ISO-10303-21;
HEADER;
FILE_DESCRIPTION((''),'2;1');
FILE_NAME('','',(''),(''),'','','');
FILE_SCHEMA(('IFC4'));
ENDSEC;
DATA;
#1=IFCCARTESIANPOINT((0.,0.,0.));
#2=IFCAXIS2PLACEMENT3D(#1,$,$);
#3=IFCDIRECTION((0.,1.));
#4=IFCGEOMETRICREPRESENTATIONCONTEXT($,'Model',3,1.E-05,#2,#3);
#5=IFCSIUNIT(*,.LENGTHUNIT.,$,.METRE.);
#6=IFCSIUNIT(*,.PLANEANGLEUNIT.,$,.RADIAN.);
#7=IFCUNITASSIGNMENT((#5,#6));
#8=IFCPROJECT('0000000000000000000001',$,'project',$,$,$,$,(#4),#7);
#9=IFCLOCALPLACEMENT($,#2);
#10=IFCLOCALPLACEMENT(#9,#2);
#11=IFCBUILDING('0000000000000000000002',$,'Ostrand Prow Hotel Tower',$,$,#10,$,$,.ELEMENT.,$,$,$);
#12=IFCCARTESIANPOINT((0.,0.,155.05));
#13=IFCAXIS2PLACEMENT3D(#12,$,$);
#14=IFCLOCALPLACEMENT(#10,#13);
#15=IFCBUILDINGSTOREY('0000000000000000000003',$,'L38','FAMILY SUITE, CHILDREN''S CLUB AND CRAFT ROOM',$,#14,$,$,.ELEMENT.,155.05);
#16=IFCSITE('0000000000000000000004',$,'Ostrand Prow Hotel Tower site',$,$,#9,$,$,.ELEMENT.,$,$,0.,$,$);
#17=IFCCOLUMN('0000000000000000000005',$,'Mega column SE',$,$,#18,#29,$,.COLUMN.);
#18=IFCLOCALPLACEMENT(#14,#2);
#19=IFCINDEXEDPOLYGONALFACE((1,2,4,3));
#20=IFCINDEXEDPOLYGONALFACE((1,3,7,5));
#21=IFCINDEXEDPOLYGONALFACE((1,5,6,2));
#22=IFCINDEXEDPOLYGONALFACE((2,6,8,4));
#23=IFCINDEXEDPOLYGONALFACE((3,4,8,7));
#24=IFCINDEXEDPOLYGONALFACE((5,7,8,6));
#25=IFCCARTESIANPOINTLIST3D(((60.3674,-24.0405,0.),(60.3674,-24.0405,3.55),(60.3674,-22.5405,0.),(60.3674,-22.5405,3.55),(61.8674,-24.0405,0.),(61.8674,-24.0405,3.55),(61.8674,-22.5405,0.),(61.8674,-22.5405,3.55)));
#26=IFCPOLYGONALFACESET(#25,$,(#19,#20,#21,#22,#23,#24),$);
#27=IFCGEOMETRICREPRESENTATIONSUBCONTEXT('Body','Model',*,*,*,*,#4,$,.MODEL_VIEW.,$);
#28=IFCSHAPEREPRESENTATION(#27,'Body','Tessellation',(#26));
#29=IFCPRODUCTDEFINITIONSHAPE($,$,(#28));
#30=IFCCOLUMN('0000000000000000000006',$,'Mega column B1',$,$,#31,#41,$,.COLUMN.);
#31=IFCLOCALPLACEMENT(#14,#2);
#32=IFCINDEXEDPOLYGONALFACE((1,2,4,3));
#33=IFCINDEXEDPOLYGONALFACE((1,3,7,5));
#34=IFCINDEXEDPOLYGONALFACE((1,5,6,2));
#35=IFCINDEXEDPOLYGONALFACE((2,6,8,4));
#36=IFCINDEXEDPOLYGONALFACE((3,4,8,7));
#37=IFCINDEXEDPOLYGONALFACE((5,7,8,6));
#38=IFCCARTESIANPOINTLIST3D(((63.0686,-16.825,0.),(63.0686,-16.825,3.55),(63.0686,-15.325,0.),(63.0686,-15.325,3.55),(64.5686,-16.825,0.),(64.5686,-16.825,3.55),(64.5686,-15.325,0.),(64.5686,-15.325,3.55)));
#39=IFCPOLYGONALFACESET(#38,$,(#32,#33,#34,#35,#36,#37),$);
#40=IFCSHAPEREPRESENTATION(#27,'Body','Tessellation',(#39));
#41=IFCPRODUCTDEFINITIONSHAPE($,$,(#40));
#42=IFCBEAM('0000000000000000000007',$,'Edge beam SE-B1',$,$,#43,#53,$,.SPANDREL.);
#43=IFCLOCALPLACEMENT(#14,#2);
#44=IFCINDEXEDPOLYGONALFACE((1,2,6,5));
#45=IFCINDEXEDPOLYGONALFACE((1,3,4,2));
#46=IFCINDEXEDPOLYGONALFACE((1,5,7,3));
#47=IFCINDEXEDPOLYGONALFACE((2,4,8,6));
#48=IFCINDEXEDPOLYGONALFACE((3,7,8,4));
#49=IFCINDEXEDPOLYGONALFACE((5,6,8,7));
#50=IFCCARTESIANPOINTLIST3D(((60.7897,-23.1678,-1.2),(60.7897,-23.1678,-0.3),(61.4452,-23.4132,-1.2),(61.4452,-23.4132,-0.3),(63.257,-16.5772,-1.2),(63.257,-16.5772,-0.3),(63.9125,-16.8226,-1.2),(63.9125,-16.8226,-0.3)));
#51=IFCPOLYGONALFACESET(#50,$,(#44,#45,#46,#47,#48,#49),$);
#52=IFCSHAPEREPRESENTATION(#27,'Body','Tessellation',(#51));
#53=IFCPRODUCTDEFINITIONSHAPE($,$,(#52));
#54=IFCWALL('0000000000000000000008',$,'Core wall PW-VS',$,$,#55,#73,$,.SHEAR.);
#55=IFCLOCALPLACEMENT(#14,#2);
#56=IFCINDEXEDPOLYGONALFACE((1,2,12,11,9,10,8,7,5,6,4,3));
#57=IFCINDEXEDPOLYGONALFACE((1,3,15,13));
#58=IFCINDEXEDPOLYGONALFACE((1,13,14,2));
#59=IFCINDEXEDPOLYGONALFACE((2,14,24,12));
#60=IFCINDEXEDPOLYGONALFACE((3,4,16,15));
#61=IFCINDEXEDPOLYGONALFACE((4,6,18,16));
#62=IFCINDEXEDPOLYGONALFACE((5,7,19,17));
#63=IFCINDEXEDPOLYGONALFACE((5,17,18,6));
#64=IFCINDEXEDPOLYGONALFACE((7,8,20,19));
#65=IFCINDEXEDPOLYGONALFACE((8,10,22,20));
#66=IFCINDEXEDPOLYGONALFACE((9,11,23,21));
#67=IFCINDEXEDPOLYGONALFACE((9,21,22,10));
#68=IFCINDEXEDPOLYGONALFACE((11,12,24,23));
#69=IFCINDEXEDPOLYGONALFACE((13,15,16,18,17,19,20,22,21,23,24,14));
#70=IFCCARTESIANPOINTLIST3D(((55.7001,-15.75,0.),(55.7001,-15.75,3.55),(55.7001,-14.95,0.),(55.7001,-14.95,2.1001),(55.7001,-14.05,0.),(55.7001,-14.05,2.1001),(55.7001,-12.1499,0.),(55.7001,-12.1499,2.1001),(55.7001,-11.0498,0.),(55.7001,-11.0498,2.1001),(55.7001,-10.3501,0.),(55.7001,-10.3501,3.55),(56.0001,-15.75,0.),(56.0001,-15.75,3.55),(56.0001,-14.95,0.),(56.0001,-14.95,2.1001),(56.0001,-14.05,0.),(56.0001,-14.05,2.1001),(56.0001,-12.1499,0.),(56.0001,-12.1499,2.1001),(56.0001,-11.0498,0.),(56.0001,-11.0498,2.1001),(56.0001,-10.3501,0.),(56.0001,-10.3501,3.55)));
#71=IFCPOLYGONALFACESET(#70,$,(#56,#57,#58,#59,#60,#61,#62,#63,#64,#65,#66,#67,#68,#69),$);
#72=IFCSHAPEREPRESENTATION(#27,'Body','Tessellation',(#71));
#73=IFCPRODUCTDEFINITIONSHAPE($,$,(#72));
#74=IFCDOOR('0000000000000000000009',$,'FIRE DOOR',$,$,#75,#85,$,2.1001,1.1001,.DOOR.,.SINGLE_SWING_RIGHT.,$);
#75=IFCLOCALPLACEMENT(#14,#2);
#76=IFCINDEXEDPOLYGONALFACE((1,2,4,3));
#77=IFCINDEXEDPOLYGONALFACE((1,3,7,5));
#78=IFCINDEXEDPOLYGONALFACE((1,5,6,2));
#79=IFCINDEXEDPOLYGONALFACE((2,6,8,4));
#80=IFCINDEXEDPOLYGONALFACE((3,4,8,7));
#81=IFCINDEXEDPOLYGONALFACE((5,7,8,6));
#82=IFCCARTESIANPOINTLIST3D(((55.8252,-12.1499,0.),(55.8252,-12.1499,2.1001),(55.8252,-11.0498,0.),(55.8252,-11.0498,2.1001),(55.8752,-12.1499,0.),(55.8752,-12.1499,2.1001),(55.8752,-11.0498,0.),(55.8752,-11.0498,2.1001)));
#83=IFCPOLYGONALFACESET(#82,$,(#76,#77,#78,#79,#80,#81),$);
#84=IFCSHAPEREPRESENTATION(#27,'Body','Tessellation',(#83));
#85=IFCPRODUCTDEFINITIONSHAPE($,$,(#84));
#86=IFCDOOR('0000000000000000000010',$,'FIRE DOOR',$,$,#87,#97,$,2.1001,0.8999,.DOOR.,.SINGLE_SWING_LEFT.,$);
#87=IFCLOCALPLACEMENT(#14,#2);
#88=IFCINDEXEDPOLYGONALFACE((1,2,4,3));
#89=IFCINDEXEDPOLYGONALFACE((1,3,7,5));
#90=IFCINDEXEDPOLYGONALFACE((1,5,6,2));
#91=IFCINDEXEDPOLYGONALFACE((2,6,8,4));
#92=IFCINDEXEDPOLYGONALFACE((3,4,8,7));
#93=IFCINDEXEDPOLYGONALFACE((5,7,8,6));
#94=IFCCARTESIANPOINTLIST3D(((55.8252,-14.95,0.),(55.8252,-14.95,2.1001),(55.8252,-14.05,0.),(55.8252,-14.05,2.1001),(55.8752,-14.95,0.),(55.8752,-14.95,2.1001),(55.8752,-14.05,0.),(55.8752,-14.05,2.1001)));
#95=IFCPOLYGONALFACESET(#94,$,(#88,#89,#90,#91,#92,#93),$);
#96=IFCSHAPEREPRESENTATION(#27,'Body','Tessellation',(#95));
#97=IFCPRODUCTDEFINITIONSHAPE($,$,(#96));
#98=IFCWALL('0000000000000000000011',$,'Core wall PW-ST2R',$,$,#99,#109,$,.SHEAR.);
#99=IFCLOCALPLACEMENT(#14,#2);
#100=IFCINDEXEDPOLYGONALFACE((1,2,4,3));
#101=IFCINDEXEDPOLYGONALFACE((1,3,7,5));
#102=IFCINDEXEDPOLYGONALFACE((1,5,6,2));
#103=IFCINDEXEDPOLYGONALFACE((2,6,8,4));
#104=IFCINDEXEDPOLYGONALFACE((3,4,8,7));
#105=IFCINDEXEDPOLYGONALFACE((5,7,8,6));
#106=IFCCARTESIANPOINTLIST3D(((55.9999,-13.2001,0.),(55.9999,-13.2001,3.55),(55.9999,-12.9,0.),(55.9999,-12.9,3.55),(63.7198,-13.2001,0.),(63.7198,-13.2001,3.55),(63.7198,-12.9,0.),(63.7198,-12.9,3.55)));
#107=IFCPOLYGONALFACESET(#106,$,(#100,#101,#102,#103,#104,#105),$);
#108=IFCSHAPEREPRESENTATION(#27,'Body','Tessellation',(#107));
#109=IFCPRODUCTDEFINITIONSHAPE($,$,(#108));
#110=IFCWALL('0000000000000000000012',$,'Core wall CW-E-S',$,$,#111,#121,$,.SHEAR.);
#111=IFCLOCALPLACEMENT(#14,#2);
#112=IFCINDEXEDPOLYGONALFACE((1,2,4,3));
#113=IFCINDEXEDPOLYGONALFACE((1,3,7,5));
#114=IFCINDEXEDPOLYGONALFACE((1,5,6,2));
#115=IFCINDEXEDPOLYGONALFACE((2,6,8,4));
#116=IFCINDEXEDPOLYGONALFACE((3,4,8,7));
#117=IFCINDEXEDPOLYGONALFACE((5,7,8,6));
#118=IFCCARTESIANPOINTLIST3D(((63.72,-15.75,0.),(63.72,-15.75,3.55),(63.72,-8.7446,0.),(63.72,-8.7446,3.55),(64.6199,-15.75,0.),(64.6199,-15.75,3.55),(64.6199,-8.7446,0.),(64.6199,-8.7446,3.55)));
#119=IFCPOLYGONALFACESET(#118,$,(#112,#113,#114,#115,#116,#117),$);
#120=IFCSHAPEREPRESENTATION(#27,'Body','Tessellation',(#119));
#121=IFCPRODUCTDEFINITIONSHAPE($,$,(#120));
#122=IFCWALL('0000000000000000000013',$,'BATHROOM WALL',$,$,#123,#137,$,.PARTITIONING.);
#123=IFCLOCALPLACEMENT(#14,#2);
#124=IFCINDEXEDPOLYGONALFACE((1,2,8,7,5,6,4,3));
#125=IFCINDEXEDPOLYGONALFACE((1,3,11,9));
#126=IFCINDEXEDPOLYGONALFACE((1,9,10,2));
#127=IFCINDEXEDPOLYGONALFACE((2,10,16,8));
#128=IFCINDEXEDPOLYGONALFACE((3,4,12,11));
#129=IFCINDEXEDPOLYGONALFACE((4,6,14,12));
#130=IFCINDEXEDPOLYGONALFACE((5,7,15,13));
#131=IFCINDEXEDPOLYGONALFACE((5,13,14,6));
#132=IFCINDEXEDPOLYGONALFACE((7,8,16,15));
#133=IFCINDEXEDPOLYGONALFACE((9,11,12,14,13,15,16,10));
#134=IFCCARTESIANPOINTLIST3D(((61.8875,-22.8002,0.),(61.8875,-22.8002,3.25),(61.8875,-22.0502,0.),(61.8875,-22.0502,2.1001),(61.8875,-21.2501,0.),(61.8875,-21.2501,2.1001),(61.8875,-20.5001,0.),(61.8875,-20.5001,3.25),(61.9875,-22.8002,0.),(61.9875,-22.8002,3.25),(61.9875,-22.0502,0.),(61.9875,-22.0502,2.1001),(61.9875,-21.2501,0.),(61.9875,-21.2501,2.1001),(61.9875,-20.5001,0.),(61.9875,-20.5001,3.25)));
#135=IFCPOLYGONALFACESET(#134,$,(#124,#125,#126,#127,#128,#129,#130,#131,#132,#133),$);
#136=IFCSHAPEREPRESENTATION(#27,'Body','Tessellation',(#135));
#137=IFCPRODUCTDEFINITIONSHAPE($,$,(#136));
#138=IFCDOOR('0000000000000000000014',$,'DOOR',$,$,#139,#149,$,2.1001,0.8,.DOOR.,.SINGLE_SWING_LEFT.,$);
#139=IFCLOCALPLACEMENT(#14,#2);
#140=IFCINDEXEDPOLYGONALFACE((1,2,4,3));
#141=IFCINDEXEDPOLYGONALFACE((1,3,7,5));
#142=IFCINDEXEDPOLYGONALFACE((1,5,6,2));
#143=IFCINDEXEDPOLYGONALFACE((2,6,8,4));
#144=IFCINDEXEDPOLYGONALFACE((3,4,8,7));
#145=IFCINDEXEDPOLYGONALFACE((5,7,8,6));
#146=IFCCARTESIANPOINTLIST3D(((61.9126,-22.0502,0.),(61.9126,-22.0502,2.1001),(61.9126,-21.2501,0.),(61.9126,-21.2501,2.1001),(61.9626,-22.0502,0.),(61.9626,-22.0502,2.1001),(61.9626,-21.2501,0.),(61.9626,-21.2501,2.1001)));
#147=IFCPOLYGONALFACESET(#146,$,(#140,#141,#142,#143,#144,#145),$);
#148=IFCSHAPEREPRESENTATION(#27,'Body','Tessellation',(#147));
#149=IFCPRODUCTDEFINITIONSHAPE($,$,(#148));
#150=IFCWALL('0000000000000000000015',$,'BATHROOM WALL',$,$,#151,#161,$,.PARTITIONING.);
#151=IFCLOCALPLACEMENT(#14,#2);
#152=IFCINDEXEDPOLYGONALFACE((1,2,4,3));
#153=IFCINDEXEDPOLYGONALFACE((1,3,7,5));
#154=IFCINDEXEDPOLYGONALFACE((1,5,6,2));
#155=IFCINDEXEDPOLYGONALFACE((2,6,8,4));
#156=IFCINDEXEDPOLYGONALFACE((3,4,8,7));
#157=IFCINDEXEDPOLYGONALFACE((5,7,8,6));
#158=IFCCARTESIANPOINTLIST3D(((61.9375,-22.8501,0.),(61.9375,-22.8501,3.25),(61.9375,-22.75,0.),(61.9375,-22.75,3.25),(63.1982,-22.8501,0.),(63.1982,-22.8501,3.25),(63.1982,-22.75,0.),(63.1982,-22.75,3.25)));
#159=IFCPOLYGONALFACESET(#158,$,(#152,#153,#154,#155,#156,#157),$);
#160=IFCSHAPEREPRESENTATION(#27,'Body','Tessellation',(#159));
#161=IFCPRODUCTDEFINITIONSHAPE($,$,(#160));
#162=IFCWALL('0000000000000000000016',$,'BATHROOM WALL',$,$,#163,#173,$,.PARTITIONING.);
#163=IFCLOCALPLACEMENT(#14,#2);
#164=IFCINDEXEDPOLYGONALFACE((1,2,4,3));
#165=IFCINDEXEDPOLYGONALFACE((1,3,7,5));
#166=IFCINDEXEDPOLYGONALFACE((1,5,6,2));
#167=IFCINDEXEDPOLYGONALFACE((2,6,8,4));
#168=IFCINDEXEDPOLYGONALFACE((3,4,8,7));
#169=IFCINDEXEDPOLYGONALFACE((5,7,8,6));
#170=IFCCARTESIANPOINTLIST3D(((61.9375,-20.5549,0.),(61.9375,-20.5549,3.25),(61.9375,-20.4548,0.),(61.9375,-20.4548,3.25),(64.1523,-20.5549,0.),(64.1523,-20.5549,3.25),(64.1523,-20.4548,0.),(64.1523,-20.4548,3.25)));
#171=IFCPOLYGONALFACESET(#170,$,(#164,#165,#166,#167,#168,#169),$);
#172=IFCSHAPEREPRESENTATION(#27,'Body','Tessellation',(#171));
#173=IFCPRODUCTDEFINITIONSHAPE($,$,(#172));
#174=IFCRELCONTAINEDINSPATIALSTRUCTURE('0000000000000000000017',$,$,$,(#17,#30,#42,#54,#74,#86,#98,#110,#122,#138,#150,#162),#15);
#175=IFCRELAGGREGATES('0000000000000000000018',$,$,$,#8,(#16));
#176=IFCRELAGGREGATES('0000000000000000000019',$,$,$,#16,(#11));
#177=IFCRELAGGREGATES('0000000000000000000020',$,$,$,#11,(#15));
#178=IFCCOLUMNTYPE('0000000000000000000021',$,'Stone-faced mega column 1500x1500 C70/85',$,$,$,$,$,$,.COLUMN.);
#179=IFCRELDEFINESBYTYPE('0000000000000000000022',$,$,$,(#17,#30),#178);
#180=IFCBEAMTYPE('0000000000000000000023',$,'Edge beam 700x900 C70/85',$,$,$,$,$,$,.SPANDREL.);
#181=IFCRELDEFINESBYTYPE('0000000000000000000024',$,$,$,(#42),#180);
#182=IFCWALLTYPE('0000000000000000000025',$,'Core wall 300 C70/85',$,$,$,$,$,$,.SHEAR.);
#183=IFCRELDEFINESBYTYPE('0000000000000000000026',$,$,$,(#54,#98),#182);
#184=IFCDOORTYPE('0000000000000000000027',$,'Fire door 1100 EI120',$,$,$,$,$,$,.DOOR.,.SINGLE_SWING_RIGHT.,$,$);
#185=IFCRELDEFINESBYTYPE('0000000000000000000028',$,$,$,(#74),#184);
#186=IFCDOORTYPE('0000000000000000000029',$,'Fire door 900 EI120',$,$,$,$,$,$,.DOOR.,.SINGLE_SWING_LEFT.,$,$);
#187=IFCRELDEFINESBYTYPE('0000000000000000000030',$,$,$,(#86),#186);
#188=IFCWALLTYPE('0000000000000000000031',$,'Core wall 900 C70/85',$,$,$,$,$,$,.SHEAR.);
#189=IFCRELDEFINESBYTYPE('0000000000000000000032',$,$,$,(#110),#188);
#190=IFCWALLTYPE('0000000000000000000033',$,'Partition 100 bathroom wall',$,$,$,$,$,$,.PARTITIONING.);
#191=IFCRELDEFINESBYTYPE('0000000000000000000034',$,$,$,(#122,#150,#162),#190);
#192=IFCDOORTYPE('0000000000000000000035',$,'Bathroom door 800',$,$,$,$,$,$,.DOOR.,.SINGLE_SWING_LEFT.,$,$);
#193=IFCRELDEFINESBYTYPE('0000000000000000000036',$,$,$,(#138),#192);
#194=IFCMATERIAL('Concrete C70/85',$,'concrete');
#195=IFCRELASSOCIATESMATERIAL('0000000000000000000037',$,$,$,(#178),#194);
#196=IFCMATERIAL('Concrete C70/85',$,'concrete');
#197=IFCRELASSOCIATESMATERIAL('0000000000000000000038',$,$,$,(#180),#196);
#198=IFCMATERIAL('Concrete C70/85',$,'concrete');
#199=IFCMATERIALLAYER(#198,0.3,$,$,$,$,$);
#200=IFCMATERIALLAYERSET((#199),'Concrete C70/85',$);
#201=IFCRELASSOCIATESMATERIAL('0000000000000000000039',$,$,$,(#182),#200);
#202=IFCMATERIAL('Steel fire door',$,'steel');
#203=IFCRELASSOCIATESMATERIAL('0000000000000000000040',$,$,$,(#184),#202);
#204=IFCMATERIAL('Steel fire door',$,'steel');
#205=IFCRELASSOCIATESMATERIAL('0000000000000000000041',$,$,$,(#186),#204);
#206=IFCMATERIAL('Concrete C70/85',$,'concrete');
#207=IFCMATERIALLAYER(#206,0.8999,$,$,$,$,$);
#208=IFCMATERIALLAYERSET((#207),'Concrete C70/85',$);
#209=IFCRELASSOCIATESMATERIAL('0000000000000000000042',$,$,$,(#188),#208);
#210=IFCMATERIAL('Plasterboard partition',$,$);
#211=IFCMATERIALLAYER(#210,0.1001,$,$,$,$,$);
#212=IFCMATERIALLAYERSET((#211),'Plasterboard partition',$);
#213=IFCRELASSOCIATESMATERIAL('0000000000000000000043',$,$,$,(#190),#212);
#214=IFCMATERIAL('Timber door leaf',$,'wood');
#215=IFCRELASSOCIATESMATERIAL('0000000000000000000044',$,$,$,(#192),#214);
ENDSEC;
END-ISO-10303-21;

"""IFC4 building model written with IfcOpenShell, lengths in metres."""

from ifc_helpers import new_model, si_unit, direction, frame, frame_2d, origin, origin_2d, place, context, subcontext, project, spatial, rectangle, extrude, material, layer, layer_set, material_profile, profile_set, type_object, element, fill, save


model = new_model("IFC4")

# Units and contexts
model_context = context("Model", 3, precision=1e-05, world=origin(), true_north=direction((0.0, 1.0)))
body_context = subcontext(model_context, "Body", "Model", "MODEL_VIEW")
ifc_project = project(units=[si_unit("LENGTHUNIT", "METRE"), si_unit("PLANEANGLEUNIT", "RADIAN")], contexts=[model_context])

# Site, building, storey
site_placement = place(None, origin())
site = spatial("IfcSite", under=ifc_project, at=site_placement, Name="Ostrand Prow Hotel Tower site", CompositionType="ELEMENT", RefElevation=0.0)
building_placement = place(site_placement, origin())
building = spatial("IfcBuilding", under=site, at=building_placement, Name="Ostrand Prow Hotel Tower", CompositionType="ELEMENT")
storey_placement = place(building_placement, frame((0.0, 0.0, 155.05)))
storey = spatial("IfcBuildingStorey", under=building, at=storey_placement, Name="L38", Description="FAMILY SUITE, CHILDREN'S CLUB AND CRAFT ROOM", CompositionType="ELEMENT", Elevation=155.05)

# Columns
ifc_material_1 = material(Name="Concrete C70/85", Category="concrete")
ifc_material_profile_1 = material_profile(ifc_material_1, rectangle(XDim=1.5, YDim=1.5, at=origin_2d()), Name="RC 1500x1500")
ifc_profile_set_1 = profile_set([ifc_material_profile_1], Name="Concrete C70/85")
column_type = type_object("IfcColumnType", Name="Stone-faced mega column 1500x1500 C70/85", PredefinedType="COLUMN", material=ifc_profile_set_1)
for number, where, z_axis, x_axis, name in (
    (1, (61.1174, -23.2905, 0.0), (0.0, 0.0, 1.0), (1.0, 0.0, 0.0), "Mega column SE"),
    (2, (63.8186, -16.075, 0.0), (0.0, 0.0, 1.0), (1.0, 0.0, 0.0), "Mega column B1"),
):
    element("IfcColumn", number, at=place(storey_placement, frame(where, z_axis=z_axis, x_axis=x_axis)), inside=storey, type_object=column_type, Name=name, PredefinedType="COLUMN", context=body_context, shape_type="SweptSolid", body=[
        extrude(rectangle(XDim=1.5, YDim=1.5, at=origin_2d()), origin(), (0.0, 0.0, 1.0), 3.55),
    ])

# Beam
ifc_material_2 = material(Name="Concrete C70/85", Category="concrete")
ifc_material_profile_2 = material_profile(ifc_material_2, rectangle(XDim=0.7, YDim=0.8999, at=origin_2d()), Name="RC 700x900")
ifc_profile_set_2 = profile_set([ifc_material_profile_2], Name="Concrete C70/85")
beam_type = type_object("IfcBeamType", Name="Edge beam 700x900 C70/85", PredefinedType="SPANDREL", material=ifc_profile_set_2)
beam_placement = place(storey_placement, frame((61.1174, -23.2905, -0.75), z_axis=(0.350603, 0.936524, 0.0), x_axis=(-0.936524, 0.350603, 0.0)))
element("IfcBeam", 3, at=beam_placement, inside=storey, type_object=beam_type, Name="Edge beam SE-B1", PredefinedType="SPANDREL", context=body_context, shape_type="SweptSolid", body=[
    extrude(rectangle(XDim=0.7, YDim=0.8999, at=origin_2d()), origin(), (0.0, 0.0, 1.0), 7.0374),
])

# Wall, openings, doors
ifc_material_3 = material(Name="Concrete C70/85", Category="concrete")
ifc_layer_1 = layer(ifc_material_3, 0.3)
ifc_layer_set_1 = layer_set([ifc_layer_1], Name="Concrete C70/85")
wall_type_1 = type_object("IfcWallType", Name="Core wall 300 C70/85", PredefinedType="SHEAR", material=ifc_layer_set_1)
wall_1_placement = place(storey_placement, frame((55.8501, -15.75, 0.0), z_axis=(0.0, 0.0, 1.0), x_axis=(0.0, 1.0, 0.0)))
wall_1 = element("IfcWall", 4, at=wall_1_placement, inside=storey, type_object=wall_type_1, Name="Core wall PW-VS", PredefinedType="SHEAR", context=body_context, shape_type="SweptSolid", body=[
    extrude(rectangle(XDim=5.3999, YDim=0.3, at=frame_2d((2.7, 0.0))), origin(), (0.0, 0.0, 1.0), 3.55),
])
opening_1_placement = place(wall_1_placement, frame((3.6001, 0.0, 0.0)))
opening_1 = element("IfcOpeningElement", 5, at=opening_1_placement, cuts=wall_1, PredefinedType="OPENING", context=body_context, shape_type="SweptSolid", body=[
    extrude(rectangle(XDim=1.1001, YDim=2.1001, at=frame_2d((0.55, 1.05))), frame((0.0, 0.1599, 0.0), z_axis=(0.0, -1.0, 0.0), x_axis=(1.0, 0.0, 0.0)), (0.0, 0.0, 1.0), 0.3201),
])
opening_2_placement = place(wall_1_placement, frame((0.8, 0.0, 0.0)))
opening_2 = element("IfcOpeningElement", 6, at=opening_2_placement, cuts=wall_1, PredefinedType="OPENING", context=body_context, shape_type="SweptSolid", body=[
    extrude(rectangle(XDim=0.8999, YDim=2.1001, at=frame_2d((0.45, 1.05))), frame((0.0, 0.1599, 0.0), z_axis=(0.0, -1.0, 0.0), x_axis=(1.0, 0.0, 0.0)), (0.0, 0.0, 1.0), 0.3201),
])
ifc_material_4 = material(Name="Steel fire door", Category="steel")
door_type_1 = type_object("IfcDoorType", Name="Fire door 1100 EI120", OperationType="SINGLE_SWING_RIGHT", PredefinedType="DOOR", material=ifc_material_4)
door_1_placement = place(opening_1_placement, origin())
door_1 = element("IfcDoor", 7, at=door_1_placement, inside=storey, type_object=door_type_1, Name="FIRE DOOR", OperationType="SINGLE_SWING_RIGHT", OverallHeight=2.1001, OverallWidth=1.1001, PredefinedType="DOOR", context=body_context, shape_type="SweptSolid", body=[
    extrude(rectangle(XDim=1.1001, YDim=2.1001, at=frame_2d((0.55, 1.05))), frame((0.0, 0.0249, 0.0), z_axis=(0.0, -1.0, 0.0), x_axis=(1.0, 0.0, 0.0)), (0.0, 0.0, 1.0), 0.05),
])
fill(opening_1, door_1)
ifc_material_5 = material(Name="Steel fire door", Category="steel")
door_type_2 = type_object("IfcDoorType", Name="Fire door 900 EI120", OperationType="SINGLE_SWING_LEFT", PredefinedType="DOOR", material=ifc_material_5)
door_2_placement = place(opening_2_placement, origin())
door_2 = element("IfcDoor", 8, at=door_2_placement, inside=storey, type_object=door_type_2, Name="FIRE DOOR", OperationType="SINGLE_SWING_LEFT", OverallHeight=2.1001, OverallWidth=0.8999, PredefinedType="DOOR", context=body_context, shape_type="SweptSolid", body=[
    extrude(rectangle(XDim=0.8999, YDim=2.1001, at=frame_2d((0.45, 1.05))), frame((0.0, 0.0249, 0.0), z_axis=(0.0, -1.0, 0.0), x_axis=(1.0, 0.0, 0.0)), (0.0, 0.0, 1.0), 0.05),
])
fill(opening_2, door_2)

# Walls
wall_2_placement = place(storey_placement, frame((56.0, -13.05, 0.0), z_axis=(0.0, 0.0, 1.0), x_axis=(1.0, 0.0, 0.0)))
element("IfcWall", 9, at=wall_2_placement, inside=storey, type_object=wall_type_1, Name="Core wall PW-ST2R", PredefinedType="SHEAR", context=body_context, shape_type="SweptSolid", body=[
    extrude(rectangle(XDim=7.72, YDim=0.3, at=frame_2d((3.8599, 0.0))), origin(), (0.0, 0.0, 1.0), 3.55),
])
ifc_material_6 = material(Name="Concrete C70/85", Category="concrete")
ifc_layer_2 = layer(ifc_material_6, 0.8999)
ifc_layer_set_2 = layer_set([ifc_layer_2], Name="Concrete C70/85")
wall_type_2 = type_object("IfcWallType", Name="Core wall 900 C70/85", PredefinedType="SHEAR", material=ifc_layer_set_2)
wall_3_placement = place(storey_placement, frame((64.1699, -15.75, 0.0), z_axis=(0.0, 0.0, 1.0), x_axis=(0.0, 1.0, 0.0)))
element("IfcWall", 10, at=wall_3_placement, inside=storey, type_object=wall_type_2, Name="Core wall CW-E-S", PredefinedType="SHEAR", context=body_context, shape_type="SweptSolid", body=[
    extrude(rectangle(XDim=7.0054, YDim=0.8999, at=frame_2d((3.5027, 0.0))), origin(), (0.0, 0.0, 1.0), 3.55),
])

# Wall, opening, door
ifc_material_7 = material(Name="Plasterboard partition")
ifc_layer_3 = layer(ifc_material_7, 0.1001)
ifc_layer_set_3 = layer_set([ifc_layer_3], Name="Plasterboard partition")
wall_type_3 = type_object("IfcWallType", Name="Partition 100 bathroom wall", PredefinedType="PARTITIONING", material=ifc_layer_set_3)
wall_4_placement = place(storey_placement, frame((61.9375, -22.8, 0.0), z_axis=(0.0, 0.0, 1.0), x_axis=(0.0, 1.0, 0.0)))
wall_4 = element("IfcWall", 11, at=wall_4_placement, inside=storey, type_object=wall_type_3, Name="BATHROOM WALL", PredefinedType="PARTITIONING", context=body_context, shape_type="SweptSolid", body=[
    extrude(rectangle(XDim=2.3, YDim=0.1001, at=frame_2d((1.1499, 0.0))), origin(), (0.0, 0.0, 1.0), 3.25),
])
opening_3_placement = place(wall_4_placement, frame((0.75, 0.0, 0.0)))
opening_3 = element("IfcOpeningElement", 12, at=opening_3_placement, cuts=wall_4, PredefinedType="OPENING", context=body_context, shape_type="SweptSolid", body=[
    extrude(rectangle(XDim=0.8, YDim=2.1001, at=frame_2d((0.3999, 1.05))), frame((0.0, 0.0601, 0.0), z_axis=(0.0, -1.0, 0.0), x_axis=(1.0, 0.0, 0.0)), (0.0, 0.0, 1.0), 0.1201),
])
ifc_material_8 = material(Name="Timber door leaf", Category="wood")
door_type_3 = type_object("IfcDoorType", Name="Bathroom door 800", OperationType="SINGLE_SWING_LEFT", PredefinedType="DOOR", material=ifc_material_8)
door_3_placement = place(opening_3_placement, origin())
door_3 = element("IfcDoor", 13, at=door_3_placement, inside=storey, type_object=door_type_3, Name="DOOR", OperationType="SINGLE_SWING_LEFT", OverallHeight=2.1001, OverallWidth=0.8, PredefinedType="DOOR", context=body_context, shape_type="SweptSolid", body=[
    extrude(rectangle(XDim=0.8, YDim=2.1001, at=frame_2d((0.3999, 1.05))), frame((0.0, 0.0249, 0.0), z_axis=(0.0, -1.0, 0.0), x_axis=(1.0, 0.0, 0.0)), (0.0, 0.0, 1.0), 0.05),
])
fill(opening_3, door_3)

# Walls
wall_5_placement = place(storey_placement, frame((63.1982, -22.8, 0.0), z_axis=(0.0, 0.0, 1.0), x_axis=(-1.0, 0.0, 0.0)))
element("IfcWall", 14, at=wall_5_placement, inside=storey, type_object=wall_type_3, Name="BATHROOM WALL", PredefinedType="PARTITIONING", context=body_context, shape_type="SweptSolid", body=[
    extrude(rectangle(XDim=1.2607, YDim=0.1001, at=frame_2d((0.6304, 0.0))), origin(), (0.0, 0.0, 1.0), 3.25),
])
wall_6_placement = place(storey_placement, frame((61.9375, -20.5049, 0.0), z_axis=(0.0, 0.0, 1.0), x_axis=(1.0, 0.0, 0.0)))
element("IfcWall", 15, at=wall_6_placement, inside=storey, type_object=wall_type_3, Name="BATHROOM WALL", PredefinedType="PARTITIONING", context=body_context, shape_type="SweptSolid", body=[
    extrude(rectangle(XDim=2.2148, YDim=0.1001, at=frame_2d((1.1074, 0.0))), origin(), (0.0, 0.0, 1.0), 3.25),
])

save(model, "model.ifc")
